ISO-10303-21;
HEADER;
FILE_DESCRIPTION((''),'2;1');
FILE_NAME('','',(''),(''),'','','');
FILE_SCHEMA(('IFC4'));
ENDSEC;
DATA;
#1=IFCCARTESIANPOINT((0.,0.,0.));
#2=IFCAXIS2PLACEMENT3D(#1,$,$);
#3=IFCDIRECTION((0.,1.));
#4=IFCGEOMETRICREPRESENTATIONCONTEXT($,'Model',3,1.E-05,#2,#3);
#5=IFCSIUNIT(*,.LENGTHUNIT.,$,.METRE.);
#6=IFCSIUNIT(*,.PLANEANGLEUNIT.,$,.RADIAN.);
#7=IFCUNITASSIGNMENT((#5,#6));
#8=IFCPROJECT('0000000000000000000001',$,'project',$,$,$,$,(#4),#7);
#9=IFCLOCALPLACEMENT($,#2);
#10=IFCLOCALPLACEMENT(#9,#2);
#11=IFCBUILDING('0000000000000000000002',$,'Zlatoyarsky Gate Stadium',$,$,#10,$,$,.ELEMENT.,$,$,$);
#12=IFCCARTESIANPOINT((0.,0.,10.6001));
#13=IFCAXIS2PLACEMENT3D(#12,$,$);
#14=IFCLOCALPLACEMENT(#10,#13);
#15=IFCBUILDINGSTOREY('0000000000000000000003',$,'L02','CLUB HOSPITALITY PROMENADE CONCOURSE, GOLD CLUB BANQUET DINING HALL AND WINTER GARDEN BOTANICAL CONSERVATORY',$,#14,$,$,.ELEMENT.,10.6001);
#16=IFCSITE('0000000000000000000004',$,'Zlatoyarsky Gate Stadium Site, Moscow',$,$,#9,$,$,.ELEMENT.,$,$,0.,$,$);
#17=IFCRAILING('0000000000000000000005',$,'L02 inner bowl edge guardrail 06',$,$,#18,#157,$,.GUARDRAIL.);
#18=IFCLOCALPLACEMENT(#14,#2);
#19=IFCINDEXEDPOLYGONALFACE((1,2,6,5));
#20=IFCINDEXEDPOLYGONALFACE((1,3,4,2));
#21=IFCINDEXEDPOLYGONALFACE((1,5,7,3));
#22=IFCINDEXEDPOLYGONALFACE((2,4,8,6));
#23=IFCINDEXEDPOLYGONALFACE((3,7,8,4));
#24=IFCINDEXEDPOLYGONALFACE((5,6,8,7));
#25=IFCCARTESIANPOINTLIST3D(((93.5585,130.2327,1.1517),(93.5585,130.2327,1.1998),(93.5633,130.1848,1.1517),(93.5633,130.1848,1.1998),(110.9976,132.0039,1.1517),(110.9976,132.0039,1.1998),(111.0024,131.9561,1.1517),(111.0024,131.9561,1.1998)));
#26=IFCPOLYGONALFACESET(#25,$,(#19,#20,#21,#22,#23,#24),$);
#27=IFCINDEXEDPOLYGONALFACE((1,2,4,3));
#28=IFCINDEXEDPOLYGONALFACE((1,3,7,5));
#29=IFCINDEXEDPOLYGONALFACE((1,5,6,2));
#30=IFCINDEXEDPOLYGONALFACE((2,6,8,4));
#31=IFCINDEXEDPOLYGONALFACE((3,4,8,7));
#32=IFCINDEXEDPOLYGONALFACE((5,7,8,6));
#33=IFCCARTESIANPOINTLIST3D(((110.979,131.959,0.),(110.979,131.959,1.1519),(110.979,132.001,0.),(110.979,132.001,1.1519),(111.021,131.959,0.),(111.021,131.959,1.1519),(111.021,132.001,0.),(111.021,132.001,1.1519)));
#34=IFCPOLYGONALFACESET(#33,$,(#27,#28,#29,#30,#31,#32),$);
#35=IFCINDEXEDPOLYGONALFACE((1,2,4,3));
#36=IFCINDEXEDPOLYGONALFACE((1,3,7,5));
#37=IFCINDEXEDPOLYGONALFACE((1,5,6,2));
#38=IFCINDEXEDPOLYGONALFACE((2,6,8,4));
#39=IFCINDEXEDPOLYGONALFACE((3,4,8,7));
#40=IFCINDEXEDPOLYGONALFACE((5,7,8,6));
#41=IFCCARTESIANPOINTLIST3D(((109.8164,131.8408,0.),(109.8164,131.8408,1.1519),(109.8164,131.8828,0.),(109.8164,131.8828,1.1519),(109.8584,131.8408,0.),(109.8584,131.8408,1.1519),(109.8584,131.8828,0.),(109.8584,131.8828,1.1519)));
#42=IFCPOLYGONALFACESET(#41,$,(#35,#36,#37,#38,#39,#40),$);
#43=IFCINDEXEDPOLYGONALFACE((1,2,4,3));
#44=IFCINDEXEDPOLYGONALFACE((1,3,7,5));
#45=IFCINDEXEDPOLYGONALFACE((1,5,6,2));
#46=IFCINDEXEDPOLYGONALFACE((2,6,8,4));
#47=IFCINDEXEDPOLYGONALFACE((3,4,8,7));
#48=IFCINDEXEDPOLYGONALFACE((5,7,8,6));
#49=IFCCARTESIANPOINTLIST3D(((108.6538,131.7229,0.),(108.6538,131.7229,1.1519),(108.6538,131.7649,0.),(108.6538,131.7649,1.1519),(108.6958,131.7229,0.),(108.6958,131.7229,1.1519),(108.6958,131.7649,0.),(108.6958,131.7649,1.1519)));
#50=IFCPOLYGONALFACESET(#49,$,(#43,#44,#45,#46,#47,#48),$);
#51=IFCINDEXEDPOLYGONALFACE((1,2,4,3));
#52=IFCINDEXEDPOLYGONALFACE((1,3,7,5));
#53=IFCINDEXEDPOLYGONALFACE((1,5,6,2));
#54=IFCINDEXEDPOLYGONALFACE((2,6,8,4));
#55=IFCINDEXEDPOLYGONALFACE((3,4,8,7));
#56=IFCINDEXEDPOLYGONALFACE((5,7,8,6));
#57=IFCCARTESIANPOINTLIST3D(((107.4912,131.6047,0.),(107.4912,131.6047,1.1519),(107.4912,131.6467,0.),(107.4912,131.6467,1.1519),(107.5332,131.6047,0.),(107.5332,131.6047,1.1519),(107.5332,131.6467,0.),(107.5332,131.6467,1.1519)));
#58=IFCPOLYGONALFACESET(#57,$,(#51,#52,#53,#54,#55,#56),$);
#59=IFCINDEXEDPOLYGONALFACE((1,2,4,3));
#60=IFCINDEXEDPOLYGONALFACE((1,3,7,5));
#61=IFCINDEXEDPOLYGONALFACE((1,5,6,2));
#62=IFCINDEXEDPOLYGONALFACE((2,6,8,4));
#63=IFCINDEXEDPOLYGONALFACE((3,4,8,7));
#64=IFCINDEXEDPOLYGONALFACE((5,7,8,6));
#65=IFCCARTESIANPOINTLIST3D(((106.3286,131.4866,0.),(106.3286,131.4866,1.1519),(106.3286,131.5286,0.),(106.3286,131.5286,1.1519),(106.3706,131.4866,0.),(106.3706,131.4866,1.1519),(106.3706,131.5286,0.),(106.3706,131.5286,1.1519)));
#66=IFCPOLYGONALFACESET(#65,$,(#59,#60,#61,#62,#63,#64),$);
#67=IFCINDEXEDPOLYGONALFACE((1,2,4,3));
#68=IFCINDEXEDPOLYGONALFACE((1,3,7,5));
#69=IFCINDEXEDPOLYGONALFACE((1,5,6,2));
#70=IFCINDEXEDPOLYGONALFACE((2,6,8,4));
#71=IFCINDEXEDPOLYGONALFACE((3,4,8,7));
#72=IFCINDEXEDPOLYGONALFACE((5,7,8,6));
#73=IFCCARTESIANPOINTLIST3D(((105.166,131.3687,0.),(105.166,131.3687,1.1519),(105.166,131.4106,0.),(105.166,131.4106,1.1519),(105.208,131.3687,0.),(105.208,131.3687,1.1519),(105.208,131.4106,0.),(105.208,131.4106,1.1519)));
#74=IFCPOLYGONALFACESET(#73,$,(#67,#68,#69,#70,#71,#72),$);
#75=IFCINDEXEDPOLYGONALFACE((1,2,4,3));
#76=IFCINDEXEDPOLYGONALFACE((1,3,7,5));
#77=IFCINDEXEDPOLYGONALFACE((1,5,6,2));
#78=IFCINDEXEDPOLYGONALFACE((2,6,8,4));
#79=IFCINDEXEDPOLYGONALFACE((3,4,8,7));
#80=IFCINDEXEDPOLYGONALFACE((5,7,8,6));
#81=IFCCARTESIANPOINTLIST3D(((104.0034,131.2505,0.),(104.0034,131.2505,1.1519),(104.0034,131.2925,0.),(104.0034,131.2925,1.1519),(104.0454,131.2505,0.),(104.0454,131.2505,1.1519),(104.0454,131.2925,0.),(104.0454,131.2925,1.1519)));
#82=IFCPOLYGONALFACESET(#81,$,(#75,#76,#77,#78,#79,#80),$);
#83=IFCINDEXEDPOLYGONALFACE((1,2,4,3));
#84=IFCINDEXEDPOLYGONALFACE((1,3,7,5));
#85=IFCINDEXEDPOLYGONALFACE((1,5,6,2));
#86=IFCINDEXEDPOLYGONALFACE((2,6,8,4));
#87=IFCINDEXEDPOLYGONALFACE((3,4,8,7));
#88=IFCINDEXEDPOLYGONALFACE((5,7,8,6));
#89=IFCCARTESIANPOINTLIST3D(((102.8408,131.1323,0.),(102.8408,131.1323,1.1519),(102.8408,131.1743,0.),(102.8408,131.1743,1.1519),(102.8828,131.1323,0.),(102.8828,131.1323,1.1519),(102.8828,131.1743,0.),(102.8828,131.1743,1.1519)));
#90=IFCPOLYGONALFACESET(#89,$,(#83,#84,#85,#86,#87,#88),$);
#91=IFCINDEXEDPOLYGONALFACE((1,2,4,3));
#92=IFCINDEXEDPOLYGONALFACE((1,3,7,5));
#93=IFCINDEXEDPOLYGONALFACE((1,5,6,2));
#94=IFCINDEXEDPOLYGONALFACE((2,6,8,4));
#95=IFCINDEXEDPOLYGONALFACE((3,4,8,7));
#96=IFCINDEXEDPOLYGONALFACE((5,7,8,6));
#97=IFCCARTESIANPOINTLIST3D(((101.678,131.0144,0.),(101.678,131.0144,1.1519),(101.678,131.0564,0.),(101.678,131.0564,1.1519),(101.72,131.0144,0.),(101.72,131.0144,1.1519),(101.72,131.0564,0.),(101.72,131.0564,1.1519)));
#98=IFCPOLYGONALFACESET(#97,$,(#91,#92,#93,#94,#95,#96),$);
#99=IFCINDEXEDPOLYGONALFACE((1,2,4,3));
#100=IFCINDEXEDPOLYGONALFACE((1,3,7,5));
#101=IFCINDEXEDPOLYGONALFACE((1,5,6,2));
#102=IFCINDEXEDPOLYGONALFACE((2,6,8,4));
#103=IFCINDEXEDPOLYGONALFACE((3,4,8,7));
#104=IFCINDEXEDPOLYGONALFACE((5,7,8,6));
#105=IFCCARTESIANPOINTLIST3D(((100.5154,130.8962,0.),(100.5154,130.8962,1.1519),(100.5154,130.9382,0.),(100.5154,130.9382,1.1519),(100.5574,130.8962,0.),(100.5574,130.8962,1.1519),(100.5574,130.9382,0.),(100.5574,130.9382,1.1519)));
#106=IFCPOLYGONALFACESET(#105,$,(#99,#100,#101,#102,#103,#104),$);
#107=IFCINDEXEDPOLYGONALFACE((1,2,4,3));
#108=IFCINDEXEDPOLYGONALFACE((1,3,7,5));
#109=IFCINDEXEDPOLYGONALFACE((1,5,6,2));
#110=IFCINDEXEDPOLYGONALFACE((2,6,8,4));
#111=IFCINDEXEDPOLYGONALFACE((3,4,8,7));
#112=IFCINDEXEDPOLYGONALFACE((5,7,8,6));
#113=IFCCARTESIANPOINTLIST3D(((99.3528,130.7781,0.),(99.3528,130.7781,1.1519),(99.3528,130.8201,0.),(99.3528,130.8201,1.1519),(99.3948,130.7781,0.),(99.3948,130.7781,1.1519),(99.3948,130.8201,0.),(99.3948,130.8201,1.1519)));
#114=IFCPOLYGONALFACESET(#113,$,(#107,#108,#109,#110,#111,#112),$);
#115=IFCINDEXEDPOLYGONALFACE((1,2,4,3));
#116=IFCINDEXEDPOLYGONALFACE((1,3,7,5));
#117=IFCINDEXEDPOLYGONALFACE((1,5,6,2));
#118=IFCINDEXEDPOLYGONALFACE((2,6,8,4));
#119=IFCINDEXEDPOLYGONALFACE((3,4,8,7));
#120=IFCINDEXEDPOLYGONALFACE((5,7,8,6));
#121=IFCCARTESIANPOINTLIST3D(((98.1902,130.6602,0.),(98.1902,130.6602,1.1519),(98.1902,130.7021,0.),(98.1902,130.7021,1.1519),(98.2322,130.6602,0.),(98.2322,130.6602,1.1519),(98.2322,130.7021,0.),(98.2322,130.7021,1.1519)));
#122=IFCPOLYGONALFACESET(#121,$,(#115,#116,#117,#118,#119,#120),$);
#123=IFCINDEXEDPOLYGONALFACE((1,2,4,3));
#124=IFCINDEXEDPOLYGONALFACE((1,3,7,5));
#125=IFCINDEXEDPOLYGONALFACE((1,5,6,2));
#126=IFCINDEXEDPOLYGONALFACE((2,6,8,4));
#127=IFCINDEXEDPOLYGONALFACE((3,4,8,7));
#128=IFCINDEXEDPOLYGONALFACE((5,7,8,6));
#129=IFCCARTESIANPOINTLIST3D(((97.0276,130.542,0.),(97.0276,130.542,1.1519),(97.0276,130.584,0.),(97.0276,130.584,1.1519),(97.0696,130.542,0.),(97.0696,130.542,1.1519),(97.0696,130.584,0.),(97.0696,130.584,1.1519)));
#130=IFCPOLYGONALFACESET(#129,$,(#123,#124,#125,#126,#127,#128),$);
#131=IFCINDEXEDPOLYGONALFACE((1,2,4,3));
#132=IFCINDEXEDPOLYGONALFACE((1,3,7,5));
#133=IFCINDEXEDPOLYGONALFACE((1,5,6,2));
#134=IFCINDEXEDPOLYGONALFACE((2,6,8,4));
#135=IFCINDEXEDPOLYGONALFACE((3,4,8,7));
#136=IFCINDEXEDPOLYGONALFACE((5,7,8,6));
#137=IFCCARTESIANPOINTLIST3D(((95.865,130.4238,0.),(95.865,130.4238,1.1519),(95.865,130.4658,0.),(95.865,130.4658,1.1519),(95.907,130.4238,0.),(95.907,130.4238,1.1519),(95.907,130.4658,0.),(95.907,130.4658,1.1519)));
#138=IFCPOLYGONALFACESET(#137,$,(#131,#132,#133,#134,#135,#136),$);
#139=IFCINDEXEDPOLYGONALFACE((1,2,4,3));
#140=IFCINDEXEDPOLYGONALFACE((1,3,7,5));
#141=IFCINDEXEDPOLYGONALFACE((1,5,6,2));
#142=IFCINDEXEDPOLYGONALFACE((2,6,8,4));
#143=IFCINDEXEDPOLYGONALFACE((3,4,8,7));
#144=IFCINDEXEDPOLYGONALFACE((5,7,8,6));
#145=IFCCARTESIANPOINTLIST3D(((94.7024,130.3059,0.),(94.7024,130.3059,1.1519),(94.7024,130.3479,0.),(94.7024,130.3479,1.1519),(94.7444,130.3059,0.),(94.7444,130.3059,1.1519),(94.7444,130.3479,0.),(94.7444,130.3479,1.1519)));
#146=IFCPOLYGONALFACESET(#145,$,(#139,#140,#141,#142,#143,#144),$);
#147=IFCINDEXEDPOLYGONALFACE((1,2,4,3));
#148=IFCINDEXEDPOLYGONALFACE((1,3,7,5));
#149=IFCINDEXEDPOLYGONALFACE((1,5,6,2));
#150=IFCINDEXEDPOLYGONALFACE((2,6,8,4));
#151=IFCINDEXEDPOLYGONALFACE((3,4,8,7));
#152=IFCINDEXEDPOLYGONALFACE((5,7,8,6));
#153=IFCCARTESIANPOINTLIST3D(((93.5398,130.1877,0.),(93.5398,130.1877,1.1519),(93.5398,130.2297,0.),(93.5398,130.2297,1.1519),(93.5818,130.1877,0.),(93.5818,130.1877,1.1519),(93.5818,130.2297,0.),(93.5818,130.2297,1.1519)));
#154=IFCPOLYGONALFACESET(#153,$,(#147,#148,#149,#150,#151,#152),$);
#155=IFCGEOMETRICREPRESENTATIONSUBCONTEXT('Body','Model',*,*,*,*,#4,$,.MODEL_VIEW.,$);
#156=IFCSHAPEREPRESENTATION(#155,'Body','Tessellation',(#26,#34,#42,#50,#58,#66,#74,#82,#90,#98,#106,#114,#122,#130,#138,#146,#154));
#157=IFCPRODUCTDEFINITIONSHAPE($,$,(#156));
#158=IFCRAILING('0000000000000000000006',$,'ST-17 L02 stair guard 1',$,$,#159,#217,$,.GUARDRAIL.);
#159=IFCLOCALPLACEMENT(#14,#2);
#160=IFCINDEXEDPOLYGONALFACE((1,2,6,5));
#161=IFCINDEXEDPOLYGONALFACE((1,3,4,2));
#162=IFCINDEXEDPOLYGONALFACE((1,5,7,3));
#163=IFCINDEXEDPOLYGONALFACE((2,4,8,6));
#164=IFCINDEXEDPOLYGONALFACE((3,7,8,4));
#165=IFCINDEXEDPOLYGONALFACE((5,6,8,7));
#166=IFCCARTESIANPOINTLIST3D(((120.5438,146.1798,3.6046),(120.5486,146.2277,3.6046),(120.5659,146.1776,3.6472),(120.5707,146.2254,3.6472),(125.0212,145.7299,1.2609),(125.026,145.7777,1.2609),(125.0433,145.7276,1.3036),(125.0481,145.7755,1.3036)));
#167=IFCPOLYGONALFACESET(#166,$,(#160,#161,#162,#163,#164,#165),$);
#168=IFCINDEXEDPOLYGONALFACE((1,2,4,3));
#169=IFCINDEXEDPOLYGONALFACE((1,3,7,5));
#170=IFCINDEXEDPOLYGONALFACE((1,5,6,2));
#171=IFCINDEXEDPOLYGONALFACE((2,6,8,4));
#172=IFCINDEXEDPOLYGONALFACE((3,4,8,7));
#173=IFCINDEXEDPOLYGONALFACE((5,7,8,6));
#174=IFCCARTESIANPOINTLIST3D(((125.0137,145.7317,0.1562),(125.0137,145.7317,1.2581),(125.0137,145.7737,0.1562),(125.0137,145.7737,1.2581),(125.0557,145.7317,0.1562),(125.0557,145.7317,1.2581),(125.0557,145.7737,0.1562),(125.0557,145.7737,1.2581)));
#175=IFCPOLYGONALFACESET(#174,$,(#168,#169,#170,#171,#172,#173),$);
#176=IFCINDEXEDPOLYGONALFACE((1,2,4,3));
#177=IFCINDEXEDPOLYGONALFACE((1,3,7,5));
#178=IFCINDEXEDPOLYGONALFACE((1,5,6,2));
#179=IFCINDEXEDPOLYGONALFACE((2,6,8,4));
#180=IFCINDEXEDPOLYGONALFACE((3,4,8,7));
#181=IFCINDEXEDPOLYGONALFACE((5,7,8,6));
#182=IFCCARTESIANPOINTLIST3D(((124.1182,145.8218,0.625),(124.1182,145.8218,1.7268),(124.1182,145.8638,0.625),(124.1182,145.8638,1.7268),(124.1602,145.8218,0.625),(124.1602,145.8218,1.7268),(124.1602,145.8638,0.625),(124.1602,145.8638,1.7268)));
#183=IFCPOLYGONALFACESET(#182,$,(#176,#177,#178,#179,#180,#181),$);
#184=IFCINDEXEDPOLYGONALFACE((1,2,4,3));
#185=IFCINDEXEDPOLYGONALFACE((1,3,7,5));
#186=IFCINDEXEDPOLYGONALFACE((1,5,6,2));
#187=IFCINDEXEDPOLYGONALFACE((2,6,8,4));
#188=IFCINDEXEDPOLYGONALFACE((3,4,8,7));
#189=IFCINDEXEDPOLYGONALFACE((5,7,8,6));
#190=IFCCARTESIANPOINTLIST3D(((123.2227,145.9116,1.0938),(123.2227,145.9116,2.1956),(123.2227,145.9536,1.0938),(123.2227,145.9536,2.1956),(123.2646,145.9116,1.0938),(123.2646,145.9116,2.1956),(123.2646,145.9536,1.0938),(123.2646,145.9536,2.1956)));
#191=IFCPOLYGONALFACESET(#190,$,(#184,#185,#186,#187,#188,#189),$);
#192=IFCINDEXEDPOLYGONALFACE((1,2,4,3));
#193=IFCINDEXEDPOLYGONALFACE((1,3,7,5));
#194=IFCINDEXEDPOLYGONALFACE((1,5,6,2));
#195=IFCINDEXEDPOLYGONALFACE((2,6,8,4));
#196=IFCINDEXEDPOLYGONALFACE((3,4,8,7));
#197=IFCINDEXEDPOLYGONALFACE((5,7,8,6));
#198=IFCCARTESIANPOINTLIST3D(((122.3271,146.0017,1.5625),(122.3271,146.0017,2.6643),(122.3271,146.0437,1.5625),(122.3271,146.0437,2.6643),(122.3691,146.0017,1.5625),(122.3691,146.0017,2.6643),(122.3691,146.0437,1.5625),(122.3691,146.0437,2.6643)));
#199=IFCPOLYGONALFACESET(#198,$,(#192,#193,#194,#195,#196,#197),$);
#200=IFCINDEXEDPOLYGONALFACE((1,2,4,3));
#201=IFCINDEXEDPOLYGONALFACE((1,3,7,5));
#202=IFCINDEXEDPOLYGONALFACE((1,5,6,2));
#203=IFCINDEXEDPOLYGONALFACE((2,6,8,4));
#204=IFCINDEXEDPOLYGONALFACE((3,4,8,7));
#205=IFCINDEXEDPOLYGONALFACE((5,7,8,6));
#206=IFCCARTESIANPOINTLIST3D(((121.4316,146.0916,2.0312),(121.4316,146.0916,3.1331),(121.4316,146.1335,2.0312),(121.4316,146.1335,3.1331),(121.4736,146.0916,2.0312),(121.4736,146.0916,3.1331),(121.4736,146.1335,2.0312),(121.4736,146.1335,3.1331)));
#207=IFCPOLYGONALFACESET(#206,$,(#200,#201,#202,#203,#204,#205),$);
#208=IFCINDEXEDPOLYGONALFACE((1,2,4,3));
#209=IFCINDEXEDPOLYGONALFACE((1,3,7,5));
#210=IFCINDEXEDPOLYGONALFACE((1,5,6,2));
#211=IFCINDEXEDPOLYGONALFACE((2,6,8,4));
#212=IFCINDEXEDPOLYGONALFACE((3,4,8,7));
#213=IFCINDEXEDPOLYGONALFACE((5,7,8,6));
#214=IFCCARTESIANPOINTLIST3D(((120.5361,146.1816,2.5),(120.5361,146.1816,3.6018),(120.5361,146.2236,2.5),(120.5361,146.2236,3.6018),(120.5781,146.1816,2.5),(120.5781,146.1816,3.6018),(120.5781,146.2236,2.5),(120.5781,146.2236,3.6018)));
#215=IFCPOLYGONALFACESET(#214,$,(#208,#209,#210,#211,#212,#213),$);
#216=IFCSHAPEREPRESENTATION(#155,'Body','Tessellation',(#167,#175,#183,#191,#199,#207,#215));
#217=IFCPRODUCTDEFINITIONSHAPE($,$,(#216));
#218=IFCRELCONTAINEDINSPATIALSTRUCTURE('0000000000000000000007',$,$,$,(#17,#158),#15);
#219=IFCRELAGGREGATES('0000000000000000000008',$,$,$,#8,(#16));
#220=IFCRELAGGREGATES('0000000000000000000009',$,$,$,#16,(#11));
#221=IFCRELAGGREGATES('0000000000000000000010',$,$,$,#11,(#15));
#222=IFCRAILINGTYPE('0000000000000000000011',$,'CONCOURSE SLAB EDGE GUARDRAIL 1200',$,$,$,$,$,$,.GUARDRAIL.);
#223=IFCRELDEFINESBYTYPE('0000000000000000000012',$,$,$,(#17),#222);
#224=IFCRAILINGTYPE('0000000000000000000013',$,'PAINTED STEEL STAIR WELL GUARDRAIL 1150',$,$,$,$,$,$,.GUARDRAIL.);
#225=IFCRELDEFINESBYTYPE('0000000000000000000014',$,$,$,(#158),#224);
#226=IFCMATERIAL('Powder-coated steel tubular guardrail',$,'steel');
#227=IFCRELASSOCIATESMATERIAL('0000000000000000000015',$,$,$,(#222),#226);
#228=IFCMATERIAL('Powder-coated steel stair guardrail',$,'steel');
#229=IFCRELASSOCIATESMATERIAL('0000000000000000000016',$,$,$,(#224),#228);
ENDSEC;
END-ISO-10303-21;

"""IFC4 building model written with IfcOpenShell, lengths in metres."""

from ifc_helpers import new_model, si_unit, direction, frame, origin, origin_2d, place, context, subcontext, project, spatial, rectangle, extrude, material, type_object, element, save


model = new_model("IFC4")

# Units and contexts
model_context = context("Model", 3, precision=1e-05, world=origin(), true_north=direction((0.0, 1.0)))
body_context = subcontext(model_context, "Body", "Model", "MODEL_VIEW")
ifc_project = project(units=[si_unit("LENGTHUNIT", "METRE"), si_unit("PLANEANGLEUNIT", "RADIAN")], contexts=[model_context])

# Site, building, storey
site_placement = place(None, origin())
site = spatial("IfcSite", under=ifc_project, at=site_placement, Name="Zlatoyarsky Gate Stadium Site, Moscow", CompositionType="ELEMENT", RefElevation=0.0)
building_placement = place(site_placement, origin())
building = spatial("IfcBuilding", under=site, at=building_placement, Name="Zlatoyarsky Gate Stadium", CompositionType="ELEMENT")
storey_placement = place(building_placement, frame((0.0, 0.0, 10.6001)))
storey = spatial("IfcBuildingStorey", under=building, at=storey_placement, Name="L02", Description="CLUB HOSPITALITY PROMENADE CONCOURSE, GOLD CLUB BANQUET DINING HALL AND WINTER GARDEN BOTANICAL CONSERVATORY", CompositionType="ELEMENT", Elevation=10.6001)

# Railings
ifc_material_1 = material(Name="Powder-coated steel tubular guardrail", Category="steel")
railing_type_1 = type_object("IfcRailingType", Name="CONCOURSE SLAB EDGE GUARDRAIL 1200", PredefinedType="GUARDRAIL", material=ifc_material_1)
railing_1_placement = place(storey_placement, frame((111.0, 131.98, 0.0)))
element("IfcRailing", 1, at=railing_1_placement, inside=storey, type_object=railing_type_1, Name="L02 inner bowl edge guardrail 06", PredefinedType="GUARDRAIL", context=body_context, shape_type="SweptSolid", body=[
    extrude(rectangle(XDim=0.0481, YDim=0.0481, at=origin_2d()), frame((0.0, 0.0, 1.1758), z_axis=(-0.994882, -0.101047, 0.0), x_axis=(0.101047, -0.994882, 0.0)), (0.0, 0.0, 1.0), 17.5288),
    extrude(rectangle(XDim=0.042, YDim=0.042, at=origin_2d()), origin(), (0.0, 0.0, 1.0), 1.1519),
    extrude(rectangle(XDim=0.042, YDim=0.042, at=origin_2d()), frame((-1.1626, -0.1182, 0.0)), (0.0, 0.0, 1.0), 1.1519),
    extrude(rectangle(XDim=0.042, YDim=0.042, at=origin_2d()), frame((-2.3252, -0.2361, 0.0)), (0.0, 0.0, 1.0), 1.1519),
    extrude(rectangle(XDim=0.042, YDim=0.042, at=origin_2d()), frame((-3.4878, -0.3542, 0.0)), (0.0, 0.0, 1.0), 1.1519),
    extrude(rectangle(XDim=0.042, YDim=0.042, at=origin_2d()), frame((-4.6504, -0.4724, 0.0)), (0.0, 0.0, 1.0), 1.1519),
    extrude(rectangle(XDim=0.042, YDim=0.042, at=origin_2d()), frame((-5.813, -0.5903, 0.0)), (0.0, 0.0, 1.0), 1.1519),
    extrude(rectangle(XDim=0.042, YDim=0.042, at=origin_2d()), frame((-6.9756, -0.7085, 0.0)), (0.0, 0.0, 1.0), 1.1519),
    extrude(rectangle(XDim=0.042, YDim=0.042, at=origin_2d()), frame((-8.1382, -0.8267, 0.0)), (0.0, 0.0, 1.0), 1.1519),
    extrude(rectangle(XDim=0.042, YDim=0.042, at=origin_2d()), frame((-9.301, -0.9446, 0.0)), (0.0, 0.0, 1.0), 1.1519),
    extrude(rectangle(XDim=0.042, YDim=0.042, at=origin_2d()), frame((-10.4636, -1.0627, 0.0)), (0.0, 0.0, 1.0), 1.1519),
    extrude(rectangle(XDim=0.042, YDim=0.042, at=origin_2d()), frame((-11.6262, -1.1809, 0.0)), (0.0, 0.0, 1.0), 1.1519),
    extrude(rectangle(XDim=0.042, YDim=0.042, at=origin_2d()), frame((-12.7888, -1.2988, 0.0)), (0.0, 0.0, 1.0), 1.1519),
    extrude(rectangle(XDim=0.042, YDim=0.042, at=origin_2d()), frame((-13.9514, -1.417, 0.0)), (0.0, 0.0, 1.0), 1.1519),
    extrude(rectangle(XDim=0.042, YDim=0.042, at=origin_2d()), frame((-15.114, -1.5352, 0.0)), (0.0, 0.0, 1.0), 1.1519),
    extrude(rectangle(XDim=0.042, YDim=0.042, at=origin_2d()), frame((-16.2766, -1.6531, 0.0)), (0.0, 0.0, 1.0), 1.1519),
    extrude(rectangle(XDim=0.042, YDim=0.042, at=origin_2d()), frame((-17.4392, -1.7712, 0.0)), (0.0, 0.0, 1.0), 1.1519),
])
ifc_material_2 = material(Name="Powder-coated steel stair guardrail", Category="steel")
railing_type_2 = type_object("IfcRailingType", Name="PAINTED STEEL STAIR WELL GUARDRAIL 1150", PredefinedType="GUARDRAIL", material=ifc_material_2)
railing_2_placement = place(storey_placement, frame((125.0347, 145.7527, 0.1562)))
element("IfcRailing", 2, at=railing_2_placement, inside=storey, type_object=railing_type_2, Name="ST-17 L02 stair guard 1", PredefinedType="GUARDRAIL", context=body_context, shape_type="SweptSolid", body=[
    extrude(rectangle(XDim=0.0481, YDim=0.0481, at=origin_2d()), frame((0.0, 0.0, 1.126), z_axis=(-0.882473, 0.08868, 0.461927), x_axis=(-0.099987, -0.994989, 0.0)), (0.0, 0.0, 1.0), 5.0737),
    extrude(rectangle(XDim=0.042, YDim=0.042, at=origin_2d()), origin(), (0.0, 0.0, 1.0), 1.1018),
    extrude(rectangle(XDim=0.042, YDim=0.042, at=origin_2d()), frame((-0.8955, 0.0901, 0.4688)), (0.0, 0.0, 1.0), 1.1018),
    extrude(rectangle(XDim=0.042, YDim=0.042, at=origin_2d()), frame((-1.791, 0.1799, 0.9375)), (0.0, 0.0, 1.0), 1.1018),
    extrude(rectangle(XDim=0.042, YDim=0.042, at=origin_2d()), frame((-2.6865, 0.27, 1.4062)), (0.0, 0.0, 1.0), 1.1018),
    extrude(rectangle(XDim=0.042, YDim=0.042, at=origin_2d()), frame((-3.582, 0.3599, 1.875)), (0.0, 0.0, 1.0), 1.1018),
    extrude(rectangle(XDim=0.042, YDim=0.042, at=origin_2d()), frame((-4.4775, 0.45, 2.3438)), (0.0, 0.0, 1.0), 1.1018),
])

save(model, "model.ifc")
